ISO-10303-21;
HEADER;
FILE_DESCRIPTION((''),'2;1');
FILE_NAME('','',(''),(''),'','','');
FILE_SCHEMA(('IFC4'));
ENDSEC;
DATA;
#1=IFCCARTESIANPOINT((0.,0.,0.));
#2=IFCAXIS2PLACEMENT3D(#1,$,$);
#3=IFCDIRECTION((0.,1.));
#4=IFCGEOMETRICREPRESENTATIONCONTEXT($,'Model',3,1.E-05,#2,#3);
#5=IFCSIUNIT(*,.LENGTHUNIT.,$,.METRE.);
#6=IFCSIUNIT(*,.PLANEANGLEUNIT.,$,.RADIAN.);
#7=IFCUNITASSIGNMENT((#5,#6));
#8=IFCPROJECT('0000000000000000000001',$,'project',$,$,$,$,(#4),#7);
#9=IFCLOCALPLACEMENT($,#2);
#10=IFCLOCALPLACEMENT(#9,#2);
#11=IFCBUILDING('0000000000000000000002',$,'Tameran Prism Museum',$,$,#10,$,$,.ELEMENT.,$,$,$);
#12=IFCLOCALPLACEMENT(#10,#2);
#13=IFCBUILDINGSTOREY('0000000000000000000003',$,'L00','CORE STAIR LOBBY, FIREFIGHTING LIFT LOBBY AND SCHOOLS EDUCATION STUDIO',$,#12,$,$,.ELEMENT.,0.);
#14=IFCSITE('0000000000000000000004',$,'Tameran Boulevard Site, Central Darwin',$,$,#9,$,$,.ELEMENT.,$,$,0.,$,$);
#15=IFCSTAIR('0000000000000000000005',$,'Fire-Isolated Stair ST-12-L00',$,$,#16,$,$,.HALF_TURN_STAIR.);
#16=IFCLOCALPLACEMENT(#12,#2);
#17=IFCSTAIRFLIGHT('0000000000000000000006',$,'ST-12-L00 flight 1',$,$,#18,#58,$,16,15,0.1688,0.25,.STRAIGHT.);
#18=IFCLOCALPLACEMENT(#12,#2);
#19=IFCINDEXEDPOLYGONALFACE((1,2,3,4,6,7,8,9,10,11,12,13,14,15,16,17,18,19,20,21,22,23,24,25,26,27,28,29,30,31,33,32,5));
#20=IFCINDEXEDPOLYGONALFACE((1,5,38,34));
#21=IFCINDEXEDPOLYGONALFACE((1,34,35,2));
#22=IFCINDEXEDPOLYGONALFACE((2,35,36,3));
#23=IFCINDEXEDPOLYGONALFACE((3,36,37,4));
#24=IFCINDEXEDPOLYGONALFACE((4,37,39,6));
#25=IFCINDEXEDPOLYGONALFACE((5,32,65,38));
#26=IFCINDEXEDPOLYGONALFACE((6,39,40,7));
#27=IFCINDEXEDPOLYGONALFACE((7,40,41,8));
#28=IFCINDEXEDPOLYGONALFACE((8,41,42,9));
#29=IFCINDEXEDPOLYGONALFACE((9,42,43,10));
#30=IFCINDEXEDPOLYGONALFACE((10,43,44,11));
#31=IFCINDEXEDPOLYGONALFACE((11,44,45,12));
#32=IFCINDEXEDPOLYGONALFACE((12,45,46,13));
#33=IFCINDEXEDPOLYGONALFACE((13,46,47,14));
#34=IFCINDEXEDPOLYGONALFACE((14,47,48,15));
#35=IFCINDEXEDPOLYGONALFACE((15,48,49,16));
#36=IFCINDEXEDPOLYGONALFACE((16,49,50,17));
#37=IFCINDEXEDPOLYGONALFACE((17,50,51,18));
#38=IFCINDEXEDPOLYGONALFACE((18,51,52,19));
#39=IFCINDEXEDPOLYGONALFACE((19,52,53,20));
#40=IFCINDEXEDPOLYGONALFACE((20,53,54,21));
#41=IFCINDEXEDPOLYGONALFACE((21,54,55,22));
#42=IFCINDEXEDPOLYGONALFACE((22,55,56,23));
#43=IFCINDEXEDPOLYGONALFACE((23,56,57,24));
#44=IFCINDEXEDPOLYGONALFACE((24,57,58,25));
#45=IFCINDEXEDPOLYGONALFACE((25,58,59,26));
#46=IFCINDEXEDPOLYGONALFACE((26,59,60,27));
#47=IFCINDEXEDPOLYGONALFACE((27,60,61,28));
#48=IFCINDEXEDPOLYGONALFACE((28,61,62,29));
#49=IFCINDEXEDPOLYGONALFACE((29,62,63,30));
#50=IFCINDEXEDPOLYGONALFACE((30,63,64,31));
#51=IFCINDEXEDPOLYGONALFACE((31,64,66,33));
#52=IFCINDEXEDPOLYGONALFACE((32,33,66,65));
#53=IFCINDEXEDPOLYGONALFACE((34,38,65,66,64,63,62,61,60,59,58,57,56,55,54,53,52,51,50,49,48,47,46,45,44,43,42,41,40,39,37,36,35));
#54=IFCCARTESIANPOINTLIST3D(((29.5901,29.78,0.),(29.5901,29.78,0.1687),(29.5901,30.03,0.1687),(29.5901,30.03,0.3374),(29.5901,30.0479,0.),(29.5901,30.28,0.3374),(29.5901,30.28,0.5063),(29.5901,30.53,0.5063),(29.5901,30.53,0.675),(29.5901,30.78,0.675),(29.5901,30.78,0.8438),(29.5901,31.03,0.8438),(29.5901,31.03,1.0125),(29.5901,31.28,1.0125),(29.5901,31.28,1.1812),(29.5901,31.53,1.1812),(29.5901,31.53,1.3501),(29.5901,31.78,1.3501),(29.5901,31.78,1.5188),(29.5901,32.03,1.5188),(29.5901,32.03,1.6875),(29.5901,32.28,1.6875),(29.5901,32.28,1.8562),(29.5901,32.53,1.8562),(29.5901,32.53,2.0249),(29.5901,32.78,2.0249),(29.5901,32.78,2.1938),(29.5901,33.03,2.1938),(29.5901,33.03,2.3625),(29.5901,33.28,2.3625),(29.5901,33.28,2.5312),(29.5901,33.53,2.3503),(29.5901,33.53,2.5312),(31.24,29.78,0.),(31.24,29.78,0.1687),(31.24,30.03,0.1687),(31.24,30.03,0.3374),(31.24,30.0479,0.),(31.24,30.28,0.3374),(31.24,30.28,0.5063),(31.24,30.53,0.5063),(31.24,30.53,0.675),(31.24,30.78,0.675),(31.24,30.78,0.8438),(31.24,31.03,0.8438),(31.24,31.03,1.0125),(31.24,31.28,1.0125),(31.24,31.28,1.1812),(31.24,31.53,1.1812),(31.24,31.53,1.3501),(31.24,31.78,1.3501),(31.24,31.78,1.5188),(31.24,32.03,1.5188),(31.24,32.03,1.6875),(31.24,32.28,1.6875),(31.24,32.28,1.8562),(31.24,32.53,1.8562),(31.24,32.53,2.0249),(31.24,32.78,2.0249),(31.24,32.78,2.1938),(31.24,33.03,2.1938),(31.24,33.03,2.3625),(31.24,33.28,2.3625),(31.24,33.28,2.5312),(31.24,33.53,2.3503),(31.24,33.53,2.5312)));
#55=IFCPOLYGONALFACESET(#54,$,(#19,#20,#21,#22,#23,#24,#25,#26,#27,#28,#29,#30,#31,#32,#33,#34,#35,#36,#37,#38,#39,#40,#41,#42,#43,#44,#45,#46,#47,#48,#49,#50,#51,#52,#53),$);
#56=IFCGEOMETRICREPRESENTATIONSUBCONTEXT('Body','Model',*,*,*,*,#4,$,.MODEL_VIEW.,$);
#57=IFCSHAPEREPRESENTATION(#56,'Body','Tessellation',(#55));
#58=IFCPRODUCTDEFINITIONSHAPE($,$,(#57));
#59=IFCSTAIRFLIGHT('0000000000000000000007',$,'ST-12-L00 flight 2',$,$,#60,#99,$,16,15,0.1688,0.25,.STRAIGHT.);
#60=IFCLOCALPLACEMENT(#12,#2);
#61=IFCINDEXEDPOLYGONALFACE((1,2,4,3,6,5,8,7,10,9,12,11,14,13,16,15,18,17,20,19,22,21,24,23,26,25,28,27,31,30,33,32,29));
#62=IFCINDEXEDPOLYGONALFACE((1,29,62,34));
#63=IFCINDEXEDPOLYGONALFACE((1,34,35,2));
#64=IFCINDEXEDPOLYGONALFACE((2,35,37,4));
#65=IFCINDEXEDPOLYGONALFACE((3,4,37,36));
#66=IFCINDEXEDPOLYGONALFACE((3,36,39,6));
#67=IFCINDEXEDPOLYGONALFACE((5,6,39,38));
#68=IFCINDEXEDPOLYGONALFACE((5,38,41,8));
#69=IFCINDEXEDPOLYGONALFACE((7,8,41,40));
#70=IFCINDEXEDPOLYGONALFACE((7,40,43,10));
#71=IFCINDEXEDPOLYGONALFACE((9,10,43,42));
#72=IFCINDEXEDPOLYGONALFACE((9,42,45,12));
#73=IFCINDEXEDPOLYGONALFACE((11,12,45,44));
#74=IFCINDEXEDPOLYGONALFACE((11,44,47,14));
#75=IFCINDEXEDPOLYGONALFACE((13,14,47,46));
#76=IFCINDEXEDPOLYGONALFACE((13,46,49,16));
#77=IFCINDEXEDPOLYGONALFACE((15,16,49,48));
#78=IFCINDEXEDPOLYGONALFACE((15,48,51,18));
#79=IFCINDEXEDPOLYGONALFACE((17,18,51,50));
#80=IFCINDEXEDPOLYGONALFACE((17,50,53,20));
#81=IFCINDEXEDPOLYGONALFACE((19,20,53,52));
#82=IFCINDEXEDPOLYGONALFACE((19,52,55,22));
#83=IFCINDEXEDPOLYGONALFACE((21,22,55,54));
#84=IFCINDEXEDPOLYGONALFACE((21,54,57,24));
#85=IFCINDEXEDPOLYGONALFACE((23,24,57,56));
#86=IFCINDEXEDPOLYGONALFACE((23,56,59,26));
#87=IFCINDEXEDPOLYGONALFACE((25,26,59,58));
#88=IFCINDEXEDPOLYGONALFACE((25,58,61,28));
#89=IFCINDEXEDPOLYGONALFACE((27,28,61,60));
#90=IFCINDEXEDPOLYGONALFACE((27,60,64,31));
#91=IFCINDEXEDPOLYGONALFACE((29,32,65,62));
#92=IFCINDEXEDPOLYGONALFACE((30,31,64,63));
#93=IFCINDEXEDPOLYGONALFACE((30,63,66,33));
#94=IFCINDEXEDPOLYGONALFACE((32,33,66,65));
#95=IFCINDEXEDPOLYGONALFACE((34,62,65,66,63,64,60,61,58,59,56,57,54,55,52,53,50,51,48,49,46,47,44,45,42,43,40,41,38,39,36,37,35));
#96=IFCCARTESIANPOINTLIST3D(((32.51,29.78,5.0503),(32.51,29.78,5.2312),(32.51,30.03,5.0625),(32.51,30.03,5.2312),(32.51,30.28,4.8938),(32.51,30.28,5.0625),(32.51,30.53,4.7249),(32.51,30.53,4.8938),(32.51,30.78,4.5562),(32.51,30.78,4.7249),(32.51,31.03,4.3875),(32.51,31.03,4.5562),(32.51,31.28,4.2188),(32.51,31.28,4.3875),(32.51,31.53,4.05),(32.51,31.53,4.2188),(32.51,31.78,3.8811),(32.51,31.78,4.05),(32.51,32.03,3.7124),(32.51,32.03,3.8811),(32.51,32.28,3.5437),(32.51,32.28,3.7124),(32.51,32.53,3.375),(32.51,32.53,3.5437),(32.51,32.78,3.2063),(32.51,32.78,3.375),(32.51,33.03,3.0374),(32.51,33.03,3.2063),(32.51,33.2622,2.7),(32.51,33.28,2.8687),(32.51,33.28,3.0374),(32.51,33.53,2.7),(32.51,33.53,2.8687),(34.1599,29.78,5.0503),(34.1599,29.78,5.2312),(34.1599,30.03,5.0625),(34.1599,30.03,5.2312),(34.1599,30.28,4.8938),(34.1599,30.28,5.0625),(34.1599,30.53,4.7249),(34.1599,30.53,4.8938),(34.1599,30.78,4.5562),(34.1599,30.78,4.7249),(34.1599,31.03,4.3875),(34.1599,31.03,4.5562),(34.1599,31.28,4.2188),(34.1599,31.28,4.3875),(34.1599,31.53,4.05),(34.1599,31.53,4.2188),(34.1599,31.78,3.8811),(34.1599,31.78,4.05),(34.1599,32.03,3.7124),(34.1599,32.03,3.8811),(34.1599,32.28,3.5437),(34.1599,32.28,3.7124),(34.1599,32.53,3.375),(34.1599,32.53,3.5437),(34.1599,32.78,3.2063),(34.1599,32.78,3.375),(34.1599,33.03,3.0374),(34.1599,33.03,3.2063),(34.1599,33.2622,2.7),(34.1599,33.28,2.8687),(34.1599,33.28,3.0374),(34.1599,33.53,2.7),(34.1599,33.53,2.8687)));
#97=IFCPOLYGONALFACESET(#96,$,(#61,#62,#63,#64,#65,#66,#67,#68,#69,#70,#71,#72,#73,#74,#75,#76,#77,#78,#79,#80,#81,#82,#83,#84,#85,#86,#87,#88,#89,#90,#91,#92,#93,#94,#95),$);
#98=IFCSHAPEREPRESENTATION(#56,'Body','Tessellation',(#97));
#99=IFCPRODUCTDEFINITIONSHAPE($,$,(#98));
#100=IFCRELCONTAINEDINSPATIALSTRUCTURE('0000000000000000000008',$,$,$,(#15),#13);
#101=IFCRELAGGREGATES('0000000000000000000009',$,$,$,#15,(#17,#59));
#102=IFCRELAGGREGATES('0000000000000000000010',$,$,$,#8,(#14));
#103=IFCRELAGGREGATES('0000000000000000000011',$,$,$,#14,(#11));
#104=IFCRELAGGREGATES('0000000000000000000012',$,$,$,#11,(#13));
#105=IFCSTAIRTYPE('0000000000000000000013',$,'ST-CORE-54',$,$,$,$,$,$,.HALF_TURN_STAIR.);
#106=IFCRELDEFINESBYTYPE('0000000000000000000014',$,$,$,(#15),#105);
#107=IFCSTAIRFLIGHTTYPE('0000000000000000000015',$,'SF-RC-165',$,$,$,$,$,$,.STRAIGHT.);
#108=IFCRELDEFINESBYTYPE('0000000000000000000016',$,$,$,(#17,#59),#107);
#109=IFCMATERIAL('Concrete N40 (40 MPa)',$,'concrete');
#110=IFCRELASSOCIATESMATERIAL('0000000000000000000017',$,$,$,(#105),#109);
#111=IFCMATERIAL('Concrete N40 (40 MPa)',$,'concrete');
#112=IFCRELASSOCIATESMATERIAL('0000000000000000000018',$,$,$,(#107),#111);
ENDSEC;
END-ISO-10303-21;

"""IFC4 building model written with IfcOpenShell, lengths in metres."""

from ifc_helpers import new_model, si_unit, direction, frame, origin, place, context, subcontext, project, spatial, polyline, outline, extrude, material, type_object, element, aggregate, save


model = new_model("IFC4")

# Units and contexts
model_context = context("Model", 3, precision=1e-05, world=origin(), true_north=direction((0.0, 1.0)))
body_context = subcontext(model_context, "Body", "Model", "MODEL_VIEW")
ifc_project = project(units=[si_unit("LENGTHUNIT", "METRE"), si_unit("PLANEANGLEUNIT", "RADIAN")], contexts=[model_context])

# Site, building, storey
site_placement = place(None, origin())
site = spatial("IfcSite", under=ifc_project, at=site_placement, Name="Tameran Boulevard Site, Central Darwin", CompositionType="ELEMENT", RefElevation=0.0)
building_placement = place(site_placement, origin())
building = spatial("IfcBuilding", under=site, at=building_placement, Name="Tameran Prism Museum", CompositionType="ELEMENT")
storey_placement = place(building_placement, origin())
storey = spatial("IfcBuildingStorey", under=building, at=storey_placement, Name="L00", Description="CORE STAIR LOBBY, FIREFIGHTING LIFT LOBBY AND SCHOOLS EDUCATION STUDIO", CompositionType="ELEMENT", Elevation=0.0)

# Shared definitions
ifc_material_1 = material(Name="Concrete N40 (40 MPa)", Category="concrete")
stair_type = type_object("IfcStairType", Name="ST-CORE-54", PredefinedType="HALF_TURN_STAIR", material=ifc_material_1)
ifc_material_2 = material(Name="Concrete N40 (40 MPa)", Category="concrete")
stair_flight_type = type_object("IfcStairFlightType", Name="SF-RC-165", PredefinedType="STRAIGHT", material=ifc_material_2)

# Stair, stair flights
stair_1_placement = place(storey_placement, origin())
stair_1 = element("IfcStair", 1, at=stair_1_placement, inside=storey, type_object=stair_type, Name="Fire-Isolated Stair ST-12-L00", PredefinedType="HALF_TURN_STAIR")
stair_flight_1_placement = place(storey_placement, frame((30.415, 29.78, 0.0), z_axis=(0.0, 0.0, 1.0), x_axis=(0.0, 1.0, 0.0)))
stair_flight_1 = element("IfcStairFlight", 2, at=stair_flight_1_placement, type_object=stair_flight_type, Name="ST-12-L00 flight 1", NumberOfRisers=16, NumberOfTreads=15, PredefinedType="STRAIGHT", RiserHeight=0.1688, TreadLength=0.25, context=body_context, shape_type="SweptSolid", body=[
    extrude(outline(polyline([(0.0, 0.0), (0.0, 0.1687), (0.25, 0.1687), (0.25, 0.3374), (0.5, 0.3374), (0.5, 0.5063), (0.75, 0.5063), (0.75, 0.675), (1.0, 0.675), (1.0, 0.8438), (1.25, 0.8438), (1.25, 1.0125), (1.5, 1.0125), (1.5, 1.1812), (1.75, 1.1812), (1.75, 1.3501), (2.0, 1.3501), (2.0, 1.5188), (2.25, 1.5188), (2.25, 1.6875), (2.5, 1.6875), (2.5, 1.8562), (2.75, 1.8562), (2.75, 2.0249), (3.0, 2.0249), (3.0, 2.1938), (3.25, 2.1938), (3.25, 2.3625), (3.5, 2.3625), (3.5, 2.5312), (3.75, 2.5312), (3.75, 2.7), (3.75, 2.3503), (0.2678, 0.0), (0.0, 0.0)])), frame((0.0, 0.825, 0.0), z_axis=(0.0, -1.0, 0.0), x_axis=(1.0, 0.0, 0.0)), (0.0, 0.0, 1.0), 1.6499),
])
stair_flight_2_placement = place(storey_placement, frame((33.335, 33.53, 2.7), z_axis=(0.0, 0.0, 1.0), x_axis=(0.0, -1.0, 0.0)))
stair_flight_2 = element("IfcStairFlight", 3, at=stair_flight_2_placement, type_object=stair_flight_type, Name="ST-12-L00 flight 2", NumberOfRisers=16, NumberOfTreads=15, PredefinedType="STRAIGHT", RiserHeight=0.1688, TreadLength=0.25, context=body_context, shape_type="SweptSolid", body=[
    extrude(outline(polyline([(0.0, 0.0), (0.0, 0.1687), (0.25, 0.1687), (0.25, 0.3374), (0.5, 0.3374), (0.5, 0.5063), (0.75, 0.5063), (0.75, 0.675), (1.0, 0.675), (1.0, 0.8438), (1.25, 0.8438), (1.25, 1.0125), (1.5, 1.0125), (1.5, 1.1812), (1.75, 1.1812), (1.75, 1.3501), (2.0, 1.3501), (2.0, 1.5188), (2.25, 1.5188), (2.25, 1.6875), (2.5, 1.6875), (2.5, 1.8562), (2.75, 1.8562), (2.75, 2.0249), (3.0, 2.0249), (3.0, 2.1938), (3.25, 2.1938), (3.25, 2.3625), (3.5, 2.3625), (3.5, 2.5312), (3.75, 2.5312), (3.75, 2.7), (3.75, 2.3503), (0.2678, 0.0), (0.0, 0.0)])), frame((0.0, 0.825, 0.0), z_axis=(0.0, -1.0, 0.0), x_axis=(1.0, 0.0, 0.0)), (0.0, 0.0, 1.0), 1.6499),
])
aggregate(stair_1, [stair_flight_1, stair_flight_2])

save(model, "model.ifc")
